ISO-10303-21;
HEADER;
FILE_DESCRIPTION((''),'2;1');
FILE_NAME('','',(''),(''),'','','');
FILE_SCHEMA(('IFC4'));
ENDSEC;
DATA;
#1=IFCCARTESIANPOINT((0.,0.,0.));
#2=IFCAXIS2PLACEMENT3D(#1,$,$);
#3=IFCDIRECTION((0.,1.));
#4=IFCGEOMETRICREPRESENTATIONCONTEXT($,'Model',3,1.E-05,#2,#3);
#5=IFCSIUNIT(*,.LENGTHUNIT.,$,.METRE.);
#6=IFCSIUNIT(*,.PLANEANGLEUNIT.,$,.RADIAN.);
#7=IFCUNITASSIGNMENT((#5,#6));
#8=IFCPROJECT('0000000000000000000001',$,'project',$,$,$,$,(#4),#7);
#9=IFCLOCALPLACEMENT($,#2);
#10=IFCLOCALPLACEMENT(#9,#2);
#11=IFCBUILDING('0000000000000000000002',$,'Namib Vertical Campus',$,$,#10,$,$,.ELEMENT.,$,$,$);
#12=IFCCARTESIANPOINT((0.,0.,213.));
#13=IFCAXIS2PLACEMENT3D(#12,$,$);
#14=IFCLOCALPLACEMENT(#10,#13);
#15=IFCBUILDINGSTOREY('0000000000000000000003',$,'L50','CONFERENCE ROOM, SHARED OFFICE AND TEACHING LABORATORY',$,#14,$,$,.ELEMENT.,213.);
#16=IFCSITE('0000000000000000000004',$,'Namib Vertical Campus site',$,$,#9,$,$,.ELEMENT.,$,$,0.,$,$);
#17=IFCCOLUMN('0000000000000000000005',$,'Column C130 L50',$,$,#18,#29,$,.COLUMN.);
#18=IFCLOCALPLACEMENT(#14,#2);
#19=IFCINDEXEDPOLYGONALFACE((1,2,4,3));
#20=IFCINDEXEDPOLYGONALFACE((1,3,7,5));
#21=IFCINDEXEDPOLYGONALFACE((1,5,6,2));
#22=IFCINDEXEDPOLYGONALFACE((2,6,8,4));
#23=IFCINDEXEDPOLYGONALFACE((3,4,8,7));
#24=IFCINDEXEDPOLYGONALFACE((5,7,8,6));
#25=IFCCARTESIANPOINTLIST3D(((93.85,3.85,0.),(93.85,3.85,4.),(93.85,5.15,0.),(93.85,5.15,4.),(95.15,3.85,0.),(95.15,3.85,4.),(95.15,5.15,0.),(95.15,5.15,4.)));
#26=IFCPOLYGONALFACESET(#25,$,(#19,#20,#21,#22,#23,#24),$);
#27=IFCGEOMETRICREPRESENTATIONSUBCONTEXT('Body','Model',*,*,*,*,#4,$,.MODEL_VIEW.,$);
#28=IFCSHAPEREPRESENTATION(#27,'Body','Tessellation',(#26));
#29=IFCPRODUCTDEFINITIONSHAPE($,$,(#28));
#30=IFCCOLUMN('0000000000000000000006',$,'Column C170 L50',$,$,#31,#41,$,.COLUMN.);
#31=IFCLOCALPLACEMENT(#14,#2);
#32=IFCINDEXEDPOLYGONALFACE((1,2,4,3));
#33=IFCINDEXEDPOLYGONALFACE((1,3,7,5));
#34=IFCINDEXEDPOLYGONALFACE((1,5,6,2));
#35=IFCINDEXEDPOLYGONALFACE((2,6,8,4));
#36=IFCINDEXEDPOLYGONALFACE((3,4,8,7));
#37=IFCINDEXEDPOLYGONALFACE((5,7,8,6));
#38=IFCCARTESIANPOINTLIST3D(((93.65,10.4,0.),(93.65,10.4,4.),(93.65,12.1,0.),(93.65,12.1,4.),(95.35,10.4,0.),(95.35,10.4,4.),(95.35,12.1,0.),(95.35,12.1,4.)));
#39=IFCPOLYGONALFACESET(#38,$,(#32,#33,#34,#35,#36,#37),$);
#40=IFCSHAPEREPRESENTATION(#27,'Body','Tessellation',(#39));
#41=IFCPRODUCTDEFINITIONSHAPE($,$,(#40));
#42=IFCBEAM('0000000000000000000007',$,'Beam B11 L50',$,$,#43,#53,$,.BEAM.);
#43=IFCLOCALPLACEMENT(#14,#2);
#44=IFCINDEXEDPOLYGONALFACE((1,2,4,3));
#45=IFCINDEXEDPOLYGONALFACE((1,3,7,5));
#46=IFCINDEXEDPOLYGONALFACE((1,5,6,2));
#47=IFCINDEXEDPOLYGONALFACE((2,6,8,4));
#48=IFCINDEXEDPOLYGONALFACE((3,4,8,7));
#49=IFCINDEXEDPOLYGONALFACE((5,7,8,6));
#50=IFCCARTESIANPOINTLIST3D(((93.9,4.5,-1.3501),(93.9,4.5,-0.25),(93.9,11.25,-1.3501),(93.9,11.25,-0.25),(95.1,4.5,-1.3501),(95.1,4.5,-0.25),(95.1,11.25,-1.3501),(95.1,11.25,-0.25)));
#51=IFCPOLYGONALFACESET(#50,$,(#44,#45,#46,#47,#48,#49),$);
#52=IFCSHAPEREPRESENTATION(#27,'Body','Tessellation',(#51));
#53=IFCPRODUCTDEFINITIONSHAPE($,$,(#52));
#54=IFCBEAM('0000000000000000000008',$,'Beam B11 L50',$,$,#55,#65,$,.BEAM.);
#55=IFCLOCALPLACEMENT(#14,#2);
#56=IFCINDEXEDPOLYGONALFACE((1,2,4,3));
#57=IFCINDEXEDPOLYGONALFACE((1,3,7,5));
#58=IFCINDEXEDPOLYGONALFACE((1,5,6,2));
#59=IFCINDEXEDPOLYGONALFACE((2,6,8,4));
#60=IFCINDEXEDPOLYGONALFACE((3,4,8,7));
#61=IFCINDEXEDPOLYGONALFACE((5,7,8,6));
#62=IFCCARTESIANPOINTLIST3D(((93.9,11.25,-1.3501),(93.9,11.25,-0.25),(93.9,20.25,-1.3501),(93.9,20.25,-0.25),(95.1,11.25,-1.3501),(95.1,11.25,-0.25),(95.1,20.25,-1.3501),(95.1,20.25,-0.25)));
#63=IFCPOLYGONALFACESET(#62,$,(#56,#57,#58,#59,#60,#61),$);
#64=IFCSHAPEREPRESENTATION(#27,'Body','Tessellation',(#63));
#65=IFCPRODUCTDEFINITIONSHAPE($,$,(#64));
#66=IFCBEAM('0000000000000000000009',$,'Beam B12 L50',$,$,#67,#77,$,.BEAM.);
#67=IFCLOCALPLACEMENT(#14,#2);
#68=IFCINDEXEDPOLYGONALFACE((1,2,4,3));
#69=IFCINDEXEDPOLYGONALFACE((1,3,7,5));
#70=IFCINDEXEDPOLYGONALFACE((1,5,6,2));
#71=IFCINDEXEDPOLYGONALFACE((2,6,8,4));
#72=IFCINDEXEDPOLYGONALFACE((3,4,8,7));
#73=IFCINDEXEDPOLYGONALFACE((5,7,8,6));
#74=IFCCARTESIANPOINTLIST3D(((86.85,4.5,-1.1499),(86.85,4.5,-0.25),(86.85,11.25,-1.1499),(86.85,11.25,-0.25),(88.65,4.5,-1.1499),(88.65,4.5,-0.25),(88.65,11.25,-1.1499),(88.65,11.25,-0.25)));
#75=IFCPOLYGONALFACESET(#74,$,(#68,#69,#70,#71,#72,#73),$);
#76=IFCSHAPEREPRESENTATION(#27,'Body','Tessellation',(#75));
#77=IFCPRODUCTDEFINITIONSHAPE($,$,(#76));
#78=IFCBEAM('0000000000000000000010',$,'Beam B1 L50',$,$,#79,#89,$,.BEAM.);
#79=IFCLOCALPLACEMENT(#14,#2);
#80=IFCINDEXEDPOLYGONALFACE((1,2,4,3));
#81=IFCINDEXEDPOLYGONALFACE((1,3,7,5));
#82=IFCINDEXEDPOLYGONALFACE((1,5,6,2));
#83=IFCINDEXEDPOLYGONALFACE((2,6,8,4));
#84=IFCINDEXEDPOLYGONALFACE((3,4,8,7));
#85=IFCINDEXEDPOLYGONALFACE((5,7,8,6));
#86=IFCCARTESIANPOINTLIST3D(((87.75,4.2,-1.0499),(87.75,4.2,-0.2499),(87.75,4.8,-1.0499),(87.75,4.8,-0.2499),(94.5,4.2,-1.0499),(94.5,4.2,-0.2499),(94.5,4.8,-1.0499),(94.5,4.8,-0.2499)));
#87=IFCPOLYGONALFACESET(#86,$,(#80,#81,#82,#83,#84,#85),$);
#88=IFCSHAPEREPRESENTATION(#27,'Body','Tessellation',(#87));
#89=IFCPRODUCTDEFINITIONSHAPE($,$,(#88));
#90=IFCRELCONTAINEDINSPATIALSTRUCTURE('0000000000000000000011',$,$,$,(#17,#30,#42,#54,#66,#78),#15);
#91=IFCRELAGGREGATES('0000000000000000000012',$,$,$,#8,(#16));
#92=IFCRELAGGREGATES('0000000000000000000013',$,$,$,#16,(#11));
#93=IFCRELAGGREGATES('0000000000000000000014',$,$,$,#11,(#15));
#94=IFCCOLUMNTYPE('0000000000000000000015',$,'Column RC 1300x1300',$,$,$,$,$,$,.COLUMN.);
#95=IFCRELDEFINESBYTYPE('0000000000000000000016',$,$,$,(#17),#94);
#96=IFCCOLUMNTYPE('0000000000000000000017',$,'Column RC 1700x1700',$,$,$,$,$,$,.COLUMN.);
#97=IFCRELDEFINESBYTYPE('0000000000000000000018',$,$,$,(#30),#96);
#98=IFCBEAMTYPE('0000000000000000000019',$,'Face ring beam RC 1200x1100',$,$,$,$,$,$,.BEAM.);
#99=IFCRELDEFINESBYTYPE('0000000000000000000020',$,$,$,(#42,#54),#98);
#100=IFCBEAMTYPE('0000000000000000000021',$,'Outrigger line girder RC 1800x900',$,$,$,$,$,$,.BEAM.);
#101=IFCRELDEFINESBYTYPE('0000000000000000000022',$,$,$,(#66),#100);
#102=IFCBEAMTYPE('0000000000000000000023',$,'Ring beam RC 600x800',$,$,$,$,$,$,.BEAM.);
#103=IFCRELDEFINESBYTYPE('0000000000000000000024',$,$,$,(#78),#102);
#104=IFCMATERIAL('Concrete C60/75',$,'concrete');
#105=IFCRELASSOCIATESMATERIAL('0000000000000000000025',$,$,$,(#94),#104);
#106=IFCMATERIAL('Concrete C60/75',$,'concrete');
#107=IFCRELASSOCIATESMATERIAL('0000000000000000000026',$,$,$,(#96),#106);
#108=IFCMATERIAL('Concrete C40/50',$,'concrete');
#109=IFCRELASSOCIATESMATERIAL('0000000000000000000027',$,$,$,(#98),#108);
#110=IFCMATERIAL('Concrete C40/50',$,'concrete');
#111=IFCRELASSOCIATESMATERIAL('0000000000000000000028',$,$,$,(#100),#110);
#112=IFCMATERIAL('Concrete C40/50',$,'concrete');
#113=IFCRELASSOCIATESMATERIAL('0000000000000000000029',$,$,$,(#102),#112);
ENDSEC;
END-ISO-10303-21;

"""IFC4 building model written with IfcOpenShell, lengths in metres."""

from ifc_helpers import new_model, si_unit, direction, frame, origin, origin_2d, place, context, subcontext, project, spatial, rectangle, extrude, material, material_profile, profile_set, type_object, element, save


model = new_model("IFC4")

# Units and contexts
model_context = context("Model", 3, precision=1e-05, world=origin(), true_north=direction((0.0, 1.0)))
body_context = subcontext(model_context, "Body", "Model", "MODEL_VIEW")
ifc_project = project(units=[si_unit("LENGTHUNIT", "METRE"), si_unit("PLANEANGLEUNIT", "RADIAN")], contexts=[model_context])

# Site, building, storey
site_placement = place(None, origin())
site = spatial("IfcSite", under=ifc_project, at=site_placement, Name="Namib Vertical Campus site", CompositionType="ELEMENT", RefElevation=0.0)
building_placement = place(site_placement, origin())
building = spatial("IfcBuilding", under=site, at=building_placement, Name="Namib Vertical Campus", CompositionType="ELEMENT")
storey_placement = place(building_placement, frame((0.0, 0.0, 213.0)))
storey = spatial("IfcBuildingStorey", under=building, at=storey_placement, Name="L50", Description="CONFERENCE ROOM, SHARED OFFICE AND TEACHING LABORATORY", CompositionType="ELEMENT", Elevation=213.0)

# Columns
ifc_material_1 = material(Name="Concrete C60/75", Category="concrete")
ifc_material_profile_1 = material_profile(ifc_material_1, rectangle(XDim=1.3, YDim=1.3, at=origin_2d()))
ifc_profile_set_1 = profile_set([ifc_material_profile_1], Name="Concrete C60/75")
column_type_1 = type_object("IfcColumnType", Name="Column RC 1300x1300", PredefinedType="COLUMN", material=ifc_profile_set_1)
column_1_placement = place(storey_placement, frame((94.5, 4.5, 0.0), z_axis=(0.0, 0.0, 1.0), x_axis=(1.0, 0.0, 0.0)))
element("IfcColumn", 1, at=column_1_placement, inside=storey, type_object=column_type_1, Name="Column C130 L50", PredefinedType="COLUMN", context=body_context, shape_type="SweptSolid", body=[
    extrude(rectangle(XDim=1.3, YDim=1.3, at=origin_2d()), origin(), (0.0, 0.0, 1.0), 4.0),
])
ifc_material_2 = material(Name="Concrete C60/75", Category="concrete")
ifc_material_profile_2 = material_profile(ifc_material_2, rectangle(XDim=1.7, YDim=1.7, at=origin_2d()))
ifc_profile_set_2 = profile_set([ifc_material_profile_2], Name="Concrete C60/75")
column_type_2 = type_object("IfcColumnType", Name="Column RC 1700x1700", PredefinedType="COLUMN", material=ifc_profile_set_2)
column_2_placement = place(storey_placement, frame((94.5, 11.25, 0.0), z_axis=(0.0, 0.0, 1.0), x_axis=(1.0, 0.0, 0.0)))
element("IfcColumn", 2, at=column_2_placement, inside=storey, type_object=column_type_2, Name="Column C170 L50", PredefinedType="COLUMN", context=body_context, shape_type="SweptSolid", body=[
    extrude(rectangle(XDim=1.7, YDim=1.7, at=origin_2d()), origin(), (0.0, 0.0, 1.0), 4.0),
])

# Beams
ifc_material_3 = material(Name="Concrete C40/50", Category="concrete")
ifc_material_profile_3 = material_profile(ifc_material_3, rectangle(XDim=1.2, YDim=1.1001, at=origin_2d()))
ifc_profile_set_3 = profile_set([ifc_material_profile_3], Name="Concrete C40/50")
beam_type_1 = type_object("IfcBeamType", Name="Face ring beam RC 1200x1100", PredefinedType="BEAM", material=ifc_profile_set_3)
beam_1_placement = place(storey_placement, frame((94.5, 4.5, -0.8), z_axis=(0.0, 1.0, 0.0), x_axis=(-1.0, 0.0, 0.0)))
element("IfcBeam", 3, at=beam_1_placement, inside=storey, type_object=beam_type_1, Name="Beam B11 L50", PredefinedType="BEAM", context=body_context, shape_type="SweptSolid", body=[
    extrude(rectangle(XDim=1.2, YDim=1.1001, at=origin_2d()), origin(), (0.0, 0.0, 1.0), 6.75),
])
beam_2_placement = place(storey_placement, frame((94.5, 11.25, -0.8), z_axis=(0.0, 1.0, 0.0), x_axis=(-1.0, 0.0, 0.0)))
element("IfcBeam", 4, at=beam_2_placement, inside=storey, type_object=beam_type_1, Name="Beam B11 L50", PredefinedType="BEAM", context=body_context, shape_type="SweptSolid", body=[
    extrude(rectangle(XDim=1.2, YDim=1.1001, at=origin_2d()), origin(), (0.0, 0.0, 1.0), 9.0),
])
ifc_material_4 = material(Name="Concrete C40/50", Category="concrete")
ifc_material_profile_4 = material_profile(ifc_material_4, rectangle(XDim=1.8, YDim=0.8999, at=origin_2d()))
ifc_profile_set_4 = profile_set([ifc_material_profile_4], Name="Concrete C40/50")
beam_type_2 = type_object("IfcBeamType", Name="Outrigger line girder RC 1800x900", PredefinedType="BEAM", material=ifc_profile_set_4)
beam_3_placement = place(storey_placement, frame((87.75, 4.5, -0.7), z_axis=(0.0, 1.0, 0.0), x_axis=(-1.0, 0.0, 0.0)))
element("IfcBeam", 5, at=beam_3_placement, inside=storey, type_object=beam_type_2, Name="Beam B12 L50", PredefinedType="BEAM", context=body_context, shape_type="SweptSolid", body=[
    extrude(rectangle(XDim=1.8, YDim=0.8999, at=origin_2d()), origin(), (0.0, 0.0, 1.0), 6.75),
])
ifc_material_5 = material(Name="Concrete C40/50", Category="concrete")
ifc_material_profile_5 = material_profile(ifc_material_5, rectangle(XDim=0.6001, YDim=0.8, at=origin_2d()))
ifc_profile_set_5 = profile_set([ifc_material_profile_5], Name="Concrete C40/50")
beam_type_3 = type_object("IfcBeamType", Name="Ring beam RC 600x800", PredefinedType="BEAM", material=ifc_profile_set_5)
beam_4_placement = place(storey_placement, frame((87.75, 4.5, -0.6499), z_axis=(1.0, 0.0, 0.0), x_axis=(0.0, 1.0, 0.0)))
element("IfcBeam", 6, at=beam_4_placement, inside=storey, type_object=beam_type_3, Name="Beam B1 L50", PredefinedType="BEAM", context=body_context, shape_type="SweptSolid", body=[
    extrude(rectangle(XDim=0.6001, YDim=0.8, at=origin_2d()), origin(), (0.0, 0.0, 1.0), 6.75),
])

save(model, "model.ifc")
